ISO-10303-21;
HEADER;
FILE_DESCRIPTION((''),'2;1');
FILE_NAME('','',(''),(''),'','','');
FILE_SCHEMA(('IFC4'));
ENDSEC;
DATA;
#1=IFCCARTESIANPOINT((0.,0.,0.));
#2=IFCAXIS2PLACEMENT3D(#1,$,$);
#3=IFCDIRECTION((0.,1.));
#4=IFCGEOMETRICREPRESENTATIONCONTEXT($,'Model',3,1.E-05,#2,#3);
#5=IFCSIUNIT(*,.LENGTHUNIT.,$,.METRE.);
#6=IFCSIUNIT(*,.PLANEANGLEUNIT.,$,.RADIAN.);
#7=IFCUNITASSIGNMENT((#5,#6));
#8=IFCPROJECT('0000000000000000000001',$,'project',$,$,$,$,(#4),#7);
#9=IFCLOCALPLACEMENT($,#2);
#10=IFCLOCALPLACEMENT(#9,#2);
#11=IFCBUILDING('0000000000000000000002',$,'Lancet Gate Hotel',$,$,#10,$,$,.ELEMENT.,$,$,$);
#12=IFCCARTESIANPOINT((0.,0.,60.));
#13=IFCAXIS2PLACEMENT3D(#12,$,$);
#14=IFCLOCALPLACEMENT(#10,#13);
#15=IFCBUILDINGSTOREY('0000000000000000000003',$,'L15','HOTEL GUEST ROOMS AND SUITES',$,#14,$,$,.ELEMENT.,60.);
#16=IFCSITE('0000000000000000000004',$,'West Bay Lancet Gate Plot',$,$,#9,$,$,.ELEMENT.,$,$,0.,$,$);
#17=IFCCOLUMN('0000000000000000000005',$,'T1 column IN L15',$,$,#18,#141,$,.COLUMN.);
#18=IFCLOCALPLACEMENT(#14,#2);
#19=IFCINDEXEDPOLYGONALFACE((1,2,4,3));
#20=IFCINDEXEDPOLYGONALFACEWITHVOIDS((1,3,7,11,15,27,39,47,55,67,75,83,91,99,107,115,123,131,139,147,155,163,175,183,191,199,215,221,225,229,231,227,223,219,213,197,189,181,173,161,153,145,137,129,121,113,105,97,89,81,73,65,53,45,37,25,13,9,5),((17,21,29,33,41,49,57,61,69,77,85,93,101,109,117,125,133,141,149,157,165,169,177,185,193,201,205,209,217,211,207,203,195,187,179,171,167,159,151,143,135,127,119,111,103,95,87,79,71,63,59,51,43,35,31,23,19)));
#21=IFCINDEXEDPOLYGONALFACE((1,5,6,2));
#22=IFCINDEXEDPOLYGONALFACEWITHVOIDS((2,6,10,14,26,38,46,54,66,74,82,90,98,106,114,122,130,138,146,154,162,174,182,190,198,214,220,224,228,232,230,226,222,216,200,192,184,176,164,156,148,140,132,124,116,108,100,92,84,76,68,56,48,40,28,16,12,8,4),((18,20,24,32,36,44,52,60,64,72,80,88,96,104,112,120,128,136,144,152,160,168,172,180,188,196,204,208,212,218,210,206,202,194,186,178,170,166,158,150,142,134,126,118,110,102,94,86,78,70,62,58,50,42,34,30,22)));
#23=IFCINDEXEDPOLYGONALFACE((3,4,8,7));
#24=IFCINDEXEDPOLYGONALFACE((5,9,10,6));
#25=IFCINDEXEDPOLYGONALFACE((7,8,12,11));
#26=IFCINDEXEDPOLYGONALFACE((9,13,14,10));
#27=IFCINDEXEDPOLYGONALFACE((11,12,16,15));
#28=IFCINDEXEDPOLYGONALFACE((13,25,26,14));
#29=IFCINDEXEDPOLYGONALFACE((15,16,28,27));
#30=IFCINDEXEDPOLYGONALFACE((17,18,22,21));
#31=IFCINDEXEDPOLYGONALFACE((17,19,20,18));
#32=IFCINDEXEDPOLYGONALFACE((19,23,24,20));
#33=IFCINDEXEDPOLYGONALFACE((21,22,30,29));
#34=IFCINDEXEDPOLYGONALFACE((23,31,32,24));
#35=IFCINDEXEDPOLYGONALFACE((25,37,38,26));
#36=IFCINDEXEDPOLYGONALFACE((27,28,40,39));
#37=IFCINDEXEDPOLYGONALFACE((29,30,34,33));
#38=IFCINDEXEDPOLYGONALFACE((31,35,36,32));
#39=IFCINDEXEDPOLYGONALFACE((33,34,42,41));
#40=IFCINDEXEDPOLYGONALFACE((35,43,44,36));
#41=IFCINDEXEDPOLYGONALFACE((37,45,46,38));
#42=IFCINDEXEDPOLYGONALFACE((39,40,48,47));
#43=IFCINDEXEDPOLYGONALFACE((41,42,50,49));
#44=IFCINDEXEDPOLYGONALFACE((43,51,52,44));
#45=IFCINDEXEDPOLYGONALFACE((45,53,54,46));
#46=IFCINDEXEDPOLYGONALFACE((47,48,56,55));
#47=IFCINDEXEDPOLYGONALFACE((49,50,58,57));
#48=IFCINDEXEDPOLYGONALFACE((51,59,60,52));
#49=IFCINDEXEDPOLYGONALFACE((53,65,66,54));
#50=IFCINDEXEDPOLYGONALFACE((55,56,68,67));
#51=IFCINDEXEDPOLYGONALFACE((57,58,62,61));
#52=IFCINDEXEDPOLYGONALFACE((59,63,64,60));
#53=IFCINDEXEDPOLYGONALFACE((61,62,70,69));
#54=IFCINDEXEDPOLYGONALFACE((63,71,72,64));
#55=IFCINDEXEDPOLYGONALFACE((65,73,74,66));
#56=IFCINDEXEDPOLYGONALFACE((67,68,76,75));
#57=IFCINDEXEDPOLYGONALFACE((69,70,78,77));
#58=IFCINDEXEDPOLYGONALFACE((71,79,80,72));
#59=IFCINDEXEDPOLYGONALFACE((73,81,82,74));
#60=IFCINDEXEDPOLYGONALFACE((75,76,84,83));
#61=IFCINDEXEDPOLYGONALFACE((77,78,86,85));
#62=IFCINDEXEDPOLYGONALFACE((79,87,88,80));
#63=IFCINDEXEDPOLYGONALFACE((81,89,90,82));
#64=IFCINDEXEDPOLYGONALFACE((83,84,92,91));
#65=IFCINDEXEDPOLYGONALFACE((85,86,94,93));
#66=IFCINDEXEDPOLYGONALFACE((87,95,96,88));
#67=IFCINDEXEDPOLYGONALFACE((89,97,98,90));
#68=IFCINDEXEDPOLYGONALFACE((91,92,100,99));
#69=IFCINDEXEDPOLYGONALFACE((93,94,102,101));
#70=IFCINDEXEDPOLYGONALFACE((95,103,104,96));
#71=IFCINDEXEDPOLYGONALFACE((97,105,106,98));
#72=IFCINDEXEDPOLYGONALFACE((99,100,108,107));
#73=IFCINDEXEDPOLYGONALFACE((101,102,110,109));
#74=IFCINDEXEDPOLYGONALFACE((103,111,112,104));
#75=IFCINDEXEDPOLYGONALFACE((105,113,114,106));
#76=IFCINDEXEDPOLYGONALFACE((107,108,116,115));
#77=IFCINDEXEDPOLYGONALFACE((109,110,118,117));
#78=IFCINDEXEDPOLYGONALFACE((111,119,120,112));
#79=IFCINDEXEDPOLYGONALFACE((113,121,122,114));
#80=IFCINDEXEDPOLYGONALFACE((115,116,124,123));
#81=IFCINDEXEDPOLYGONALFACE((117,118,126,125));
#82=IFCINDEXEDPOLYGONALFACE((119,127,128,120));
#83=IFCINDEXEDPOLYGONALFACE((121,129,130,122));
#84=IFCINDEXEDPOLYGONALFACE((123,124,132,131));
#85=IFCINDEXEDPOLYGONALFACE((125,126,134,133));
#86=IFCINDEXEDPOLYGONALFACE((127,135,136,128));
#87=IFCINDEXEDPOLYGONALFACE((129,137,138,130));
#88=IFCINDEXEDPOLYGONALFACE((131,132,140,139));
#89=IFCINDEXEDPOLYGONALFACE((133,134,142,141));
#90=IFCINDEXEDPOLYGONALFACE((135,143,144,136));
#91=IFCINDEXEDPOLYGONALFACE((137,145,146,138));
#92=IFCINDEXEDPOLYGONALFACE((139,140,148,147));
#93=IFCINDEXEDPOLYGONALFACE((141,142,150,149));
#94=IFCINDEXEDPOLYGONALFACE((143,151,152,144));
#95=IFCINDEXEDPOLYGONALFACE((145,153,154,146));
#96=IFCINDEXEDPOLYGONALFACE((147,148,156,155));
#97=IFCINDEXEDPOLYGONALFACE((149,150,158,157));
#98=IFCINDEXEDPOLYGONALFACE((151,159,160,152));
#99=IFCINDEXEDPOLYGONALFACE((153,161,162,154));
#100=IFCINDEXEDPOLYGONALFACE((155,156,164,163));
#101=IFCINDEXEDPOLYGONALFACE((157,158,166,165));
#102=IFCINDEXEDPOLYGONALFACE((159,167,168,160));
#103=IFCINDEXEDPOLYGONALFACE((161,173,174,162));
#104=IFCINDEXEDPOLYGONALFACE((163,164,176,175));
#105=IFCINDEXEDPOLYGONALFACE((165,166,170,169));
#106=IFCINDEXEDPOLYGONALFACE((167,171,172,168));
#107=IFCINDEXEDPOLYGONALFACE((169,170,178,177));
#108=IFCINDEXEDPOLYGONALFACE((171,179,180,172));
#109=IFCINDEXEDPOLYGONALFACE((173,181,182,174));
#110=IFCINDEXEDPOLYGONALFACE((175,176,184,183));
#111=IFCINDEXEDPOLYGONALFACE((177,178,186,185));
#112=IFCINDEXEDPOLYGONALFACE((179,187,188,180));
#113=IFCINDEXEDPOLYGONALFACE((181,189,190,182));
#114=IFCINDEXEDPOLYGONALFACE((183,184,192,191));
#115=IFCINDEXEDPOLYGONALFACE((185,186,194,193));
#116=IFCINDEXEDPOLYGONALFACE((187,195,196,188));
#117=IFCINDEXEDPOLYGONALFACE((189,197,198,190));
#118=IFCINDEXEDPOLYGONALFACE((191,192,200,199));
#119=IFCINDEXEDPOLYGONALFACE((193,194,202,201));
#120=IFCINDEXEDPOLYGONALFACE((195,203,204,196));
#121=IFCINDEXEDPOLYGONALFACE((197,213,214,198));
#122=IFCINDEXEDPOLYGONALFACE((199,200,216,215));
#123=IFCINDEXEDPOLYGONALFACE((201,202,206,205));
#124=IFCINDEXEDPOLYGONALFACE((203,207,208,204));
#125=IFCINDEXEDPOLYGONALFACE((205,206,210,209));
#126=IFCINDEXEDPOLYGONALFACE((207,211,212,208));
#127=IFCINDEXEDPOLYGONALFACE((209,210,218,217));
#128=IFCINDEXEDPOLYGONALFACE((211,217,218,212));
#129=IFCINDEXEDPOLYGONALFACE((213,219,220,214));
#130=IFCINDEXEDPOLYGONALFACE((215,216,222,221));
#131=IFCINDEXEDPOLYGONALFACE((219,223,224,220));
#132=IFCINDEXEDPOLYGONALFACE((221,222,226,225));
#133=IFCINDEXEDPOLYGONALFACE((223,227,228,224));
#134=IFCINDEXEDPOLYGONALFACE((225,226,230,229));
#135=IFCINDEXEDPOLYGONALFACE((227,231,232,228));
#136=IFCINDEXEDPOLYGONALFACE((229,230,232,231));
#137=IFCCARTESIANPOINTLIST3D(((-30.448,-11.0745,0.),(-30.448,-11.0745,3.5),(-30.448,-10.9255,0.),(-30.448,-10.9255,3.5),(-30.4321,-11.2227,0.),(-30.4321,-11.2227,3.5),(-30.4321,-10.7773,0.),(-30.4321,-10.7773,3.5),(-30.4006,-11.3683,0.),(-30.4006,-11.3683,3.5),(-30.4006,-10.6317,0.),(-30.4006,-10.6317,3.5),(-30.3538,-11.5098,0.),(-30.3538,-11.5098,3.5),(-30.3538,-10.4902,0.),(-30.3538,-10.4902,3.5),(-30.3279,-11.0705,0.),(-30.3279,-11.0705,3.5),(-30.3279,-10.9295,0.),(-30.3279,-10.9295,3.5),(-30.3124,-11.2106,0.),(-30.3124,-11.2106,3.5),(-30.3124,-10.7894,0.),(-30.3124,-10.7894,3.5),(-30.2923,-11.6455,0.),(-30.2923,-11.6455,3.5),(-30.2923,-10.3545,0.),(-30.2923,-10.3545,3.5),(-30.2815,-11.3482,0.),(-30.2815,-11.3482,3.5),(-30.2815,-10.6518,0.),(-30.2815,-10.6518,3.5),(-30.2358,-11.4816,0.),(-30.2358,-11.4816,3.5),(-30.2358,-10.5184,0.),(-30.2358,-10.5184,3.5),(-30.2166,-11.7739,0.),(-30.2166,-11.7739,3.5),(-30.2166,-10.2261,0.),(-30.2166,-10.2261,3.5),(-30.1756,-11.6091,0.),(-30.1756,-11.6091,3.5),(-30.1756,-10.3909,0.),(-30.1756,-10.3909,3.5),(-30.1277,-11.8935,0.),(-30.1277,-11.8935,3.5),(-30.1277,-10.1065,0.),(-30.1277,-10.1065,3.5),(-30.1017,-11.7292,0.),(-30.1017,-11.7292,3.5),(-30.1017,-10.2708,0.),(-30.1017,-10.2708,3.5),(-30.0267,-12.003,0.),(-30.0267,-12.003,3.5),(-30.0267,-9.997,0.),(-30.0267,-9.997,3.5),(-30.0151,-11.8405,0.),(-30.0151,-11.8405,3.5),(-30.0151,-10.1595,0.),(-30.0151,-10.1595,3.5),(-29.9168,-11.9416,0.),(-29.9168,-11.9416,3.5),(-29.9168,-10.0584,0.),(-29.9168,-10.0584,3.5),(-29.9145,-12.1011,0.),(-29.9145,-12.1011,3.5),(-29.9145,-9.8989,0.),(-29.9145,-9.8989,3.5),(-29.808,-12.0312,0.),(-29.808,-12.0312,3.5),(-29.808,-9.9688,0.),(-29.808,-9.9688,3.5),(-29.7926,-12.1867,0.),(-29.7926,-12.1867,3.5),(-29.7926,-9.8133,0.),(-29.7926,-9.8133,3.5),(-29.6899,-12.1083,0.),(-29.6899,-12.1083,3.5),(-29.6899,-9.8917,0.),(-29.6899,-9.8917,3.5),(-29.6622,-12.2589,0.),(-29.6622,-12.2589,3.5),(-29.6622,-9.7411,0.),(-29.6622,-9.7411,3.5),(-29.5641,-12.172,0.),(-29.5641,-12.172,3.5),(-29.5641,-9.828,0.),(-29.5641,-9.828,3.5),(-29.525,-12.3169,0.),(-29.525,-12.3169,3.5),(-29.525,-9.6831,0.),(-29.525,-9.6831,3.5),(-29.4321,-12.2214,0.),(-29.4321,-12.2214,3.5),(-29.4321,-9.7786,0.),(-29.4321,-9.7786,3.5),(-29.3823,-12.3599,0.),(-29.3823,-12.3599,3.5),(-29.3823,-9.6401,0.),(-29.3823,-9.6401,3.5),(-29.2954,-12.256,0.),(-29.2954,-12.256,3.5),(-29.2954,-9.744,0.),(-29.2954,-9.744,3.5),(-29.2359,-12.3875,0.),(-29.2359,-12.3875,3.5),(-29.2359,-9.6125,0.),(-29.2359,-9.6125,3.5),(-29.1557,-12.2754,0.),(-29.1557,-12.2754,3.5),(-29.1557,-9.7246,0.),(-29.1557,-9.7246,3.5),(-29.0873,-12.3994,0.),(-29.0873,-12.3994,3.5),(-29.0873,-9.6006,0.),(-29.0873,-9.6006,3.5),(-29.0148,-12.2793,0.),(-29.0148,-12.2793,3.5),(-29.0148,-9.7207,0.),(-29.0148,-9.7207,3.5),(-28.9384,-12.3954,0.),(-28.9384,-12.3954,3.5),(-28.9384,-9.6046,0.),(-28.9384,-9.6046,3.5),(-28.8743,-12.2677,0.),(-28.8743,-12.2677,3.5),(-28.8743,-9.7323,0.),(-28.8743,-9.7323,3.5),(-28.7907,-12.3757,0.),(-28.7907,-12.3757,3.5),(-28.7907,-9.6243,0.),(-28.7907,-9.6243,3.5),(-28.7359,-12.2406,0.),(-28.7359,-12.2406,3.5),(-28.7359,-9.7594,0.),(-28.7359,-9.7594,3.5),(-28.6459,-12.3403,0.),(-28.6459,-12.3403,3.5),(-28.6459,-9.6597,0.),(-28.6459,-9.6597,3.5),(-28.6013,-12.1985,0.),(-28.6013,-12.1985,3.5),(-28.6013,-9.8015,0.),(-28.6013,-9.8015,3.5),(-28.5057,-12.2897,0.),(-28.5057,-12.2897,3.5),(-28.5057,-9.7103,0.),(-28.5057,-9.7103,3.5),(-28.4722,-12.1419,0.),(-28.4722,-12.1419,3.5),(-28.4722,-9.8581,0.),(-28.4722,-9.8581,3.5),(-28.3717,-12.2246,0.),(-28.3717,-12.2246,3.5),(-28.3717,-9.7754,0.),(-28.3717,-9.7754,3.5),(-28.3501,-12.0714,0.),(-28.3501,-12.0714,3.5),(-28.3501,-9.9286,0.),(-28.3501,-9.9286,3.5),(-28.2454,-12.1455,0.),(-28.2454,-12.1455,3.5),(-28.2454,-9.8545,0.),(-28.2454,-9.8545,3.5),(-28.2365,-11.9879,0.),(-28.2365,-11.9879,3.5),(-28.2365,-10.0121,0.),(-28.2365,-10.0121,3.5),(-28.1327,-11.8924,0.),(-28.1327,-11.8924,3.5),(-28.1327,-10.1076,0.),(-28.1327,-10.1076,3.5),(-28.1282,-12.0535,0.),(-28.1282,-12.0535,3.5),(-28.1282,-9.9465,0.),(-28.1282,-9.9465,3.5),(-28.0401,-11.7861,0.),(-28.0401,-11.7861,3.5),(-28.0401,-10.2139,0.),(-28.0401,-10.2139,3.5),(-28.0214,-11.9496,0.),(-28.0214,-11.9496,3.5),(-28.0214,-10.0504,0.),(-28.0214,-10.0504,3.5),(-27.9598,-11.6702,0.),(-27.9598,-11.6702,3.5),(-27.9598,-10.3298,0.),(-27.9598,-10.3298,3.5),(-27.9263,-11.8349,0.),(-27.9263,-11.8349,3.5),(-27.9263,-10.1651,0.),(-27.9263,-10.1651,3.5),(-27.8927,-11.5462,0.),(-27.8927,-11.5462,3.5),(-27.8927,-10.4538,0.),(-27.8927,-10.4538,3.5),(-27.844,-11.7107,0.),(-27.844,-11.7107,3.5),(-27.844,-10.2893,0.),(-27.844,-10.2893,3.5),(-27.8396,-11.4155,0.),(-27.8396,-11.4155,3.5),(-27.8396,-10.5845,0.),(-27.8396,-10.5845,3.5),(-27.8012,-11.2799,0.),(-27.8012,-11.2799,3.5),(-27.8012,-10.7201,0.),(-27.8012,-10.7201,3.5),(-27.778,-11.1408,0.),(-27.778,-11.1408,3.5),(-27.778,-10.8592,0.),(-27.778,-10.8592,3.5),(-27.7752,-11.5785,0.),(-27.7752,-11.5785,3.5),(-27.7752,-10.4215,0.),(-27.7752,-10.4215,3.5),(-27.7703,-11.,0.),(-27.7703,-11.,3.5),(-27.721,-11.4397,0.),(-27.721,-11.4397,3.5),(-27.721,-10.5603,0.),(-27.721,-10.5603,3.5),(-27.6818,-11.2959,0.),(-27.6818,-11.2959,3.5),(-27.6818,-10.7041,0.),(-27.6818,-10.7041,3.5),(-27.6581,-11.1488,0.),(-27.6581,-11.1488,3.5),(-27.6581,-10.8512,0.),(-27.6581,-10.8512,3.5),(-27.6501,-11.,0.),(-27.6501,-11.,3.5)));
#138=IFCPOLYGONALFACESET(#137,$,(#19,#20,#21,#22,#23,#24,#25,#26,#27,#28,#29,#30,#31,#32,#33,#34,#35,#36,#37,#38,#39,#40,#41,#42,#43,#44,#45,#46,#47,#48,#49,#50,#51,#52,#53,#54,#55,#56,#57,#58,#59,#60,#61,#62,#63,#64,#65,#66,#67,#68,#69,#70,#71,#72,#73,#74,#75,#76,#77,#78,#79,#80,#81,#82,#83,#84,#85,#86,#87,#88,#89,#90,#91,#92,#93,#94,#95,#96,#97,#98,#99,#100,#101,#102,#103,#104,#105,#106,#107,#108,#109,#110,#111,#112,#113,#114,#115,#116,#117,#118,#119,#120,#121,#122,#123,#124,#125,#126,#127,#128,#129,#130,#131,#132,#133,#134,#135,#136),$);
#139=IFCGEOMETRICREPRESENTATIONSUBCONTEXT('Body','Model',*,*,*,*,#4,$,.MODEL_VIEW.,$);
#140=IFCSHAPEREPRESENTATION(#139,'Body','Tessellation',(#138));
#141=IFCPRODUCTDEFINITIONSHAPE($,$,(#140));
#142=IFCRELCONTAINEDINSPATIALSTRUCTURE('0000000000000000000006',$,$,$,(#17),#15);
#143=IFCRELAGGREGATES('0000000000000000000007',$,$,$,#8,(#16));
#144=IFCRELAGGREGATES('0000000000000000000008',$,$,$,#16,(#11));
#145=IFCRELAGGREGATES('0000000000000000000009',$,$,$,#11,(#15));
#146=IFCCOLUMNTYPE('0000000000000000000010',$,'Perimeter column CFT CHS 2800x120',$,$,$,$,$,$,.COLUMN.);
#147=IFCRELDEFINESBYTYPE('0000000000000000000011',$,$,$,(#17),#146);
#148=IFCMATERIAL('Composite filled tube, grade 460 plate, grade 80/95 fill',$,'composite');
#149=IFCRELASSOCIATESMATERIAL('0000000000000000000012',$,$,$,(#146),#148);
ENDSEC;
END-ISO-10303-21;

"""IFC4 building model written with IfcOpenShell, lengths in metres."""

from ifc_helpers import new_model, si_unit, direction, frame, origin, origin_2d, place, context, subcontext, project, spatial, hollow_circle, extrude, material, material_profile, profile_set, type_object, element, save


model = new_model("IFC4")

# Units and contexts
model_context = context("Model", 3, precision=1e-05, world=origin(), true_north=direction((0.0, 1.0)))
body_context = subcontext(model_context, "Body", "Model", "MODEL_VIEW")
ifc_project = project(units=[si_unit("LENGTHUNIT", "METRE"), si_unit("PLANEANGLEUNIT", "RADIAN")], contexts=[model_context])

# Site, building, storey
site_placement = place(None, origin())
site = spatial("IfcSite", under=ifc_project, at=site_placement, Name="West Bay Lancet Gate Plot", CompositionType="ELEMENT", RefElevation=0.0)
building_placement = place(site_placement, origin())
building = spatial("IfcBuilding", under=site, at=building_placement, Name="Lancet Gate Hotel", CompositionType="ELEMENT")
storey_placement = place(building_placement, frame((0.0, 0.0, 60.0)))
storey = spatial("IfcBuildingStorey", under=building, at=storey_placement, Name="L15", Description="HOTEL GUEST ROOMS AND SUITES", CompositionType="ELEMENT", Elevation=60.0)

# Column
ifc_material_1 = material(Name="Composite filled tube, grade 460 plate, grade 80/95 fill", Category="composite")
ifc_material_profile_1 = material_profile(ifc_material_1, hollow_circle(Radius=1.3999, WallThickness=0.1201, at=origin_2d()), Name="CHS 2800x120")
ifc_profile_set_1 = profile_set([ifc_material_profile_1], Name="Composite filled tube, grade 460 plate, grade 80/95 fill")
column_type = type_object("IfcColumnType", Name="Perimeter column CFT CHS 2800x120", PredefinedType="COLUMN", material=ifc_profile_set_1)
for number, where, z_axis, x_axis, name in (
    (1, (-29.05, -11.0, 0.0), (0.0, 0.0, 1.0), (1.0, 0.0, 0.0), "T1 column IN L15"),
):
    element("IfcColumn", number, at=place(storey_placement, frame(where, z_axis=z_axis, x_axis=x_axis)), inside=storey, type_object=column_type, Name=name, PredefinedType="COLUMN", context=body_context, shape_type="SweptSolid", body=[
        extrude(hollow_circle(Radius=1.3999, WallThickness=0.1201, at=origin_2d()), origin(), (0.0, 0.0, 1.0), 3.5),
    ])

save(model, "model.ifc")
